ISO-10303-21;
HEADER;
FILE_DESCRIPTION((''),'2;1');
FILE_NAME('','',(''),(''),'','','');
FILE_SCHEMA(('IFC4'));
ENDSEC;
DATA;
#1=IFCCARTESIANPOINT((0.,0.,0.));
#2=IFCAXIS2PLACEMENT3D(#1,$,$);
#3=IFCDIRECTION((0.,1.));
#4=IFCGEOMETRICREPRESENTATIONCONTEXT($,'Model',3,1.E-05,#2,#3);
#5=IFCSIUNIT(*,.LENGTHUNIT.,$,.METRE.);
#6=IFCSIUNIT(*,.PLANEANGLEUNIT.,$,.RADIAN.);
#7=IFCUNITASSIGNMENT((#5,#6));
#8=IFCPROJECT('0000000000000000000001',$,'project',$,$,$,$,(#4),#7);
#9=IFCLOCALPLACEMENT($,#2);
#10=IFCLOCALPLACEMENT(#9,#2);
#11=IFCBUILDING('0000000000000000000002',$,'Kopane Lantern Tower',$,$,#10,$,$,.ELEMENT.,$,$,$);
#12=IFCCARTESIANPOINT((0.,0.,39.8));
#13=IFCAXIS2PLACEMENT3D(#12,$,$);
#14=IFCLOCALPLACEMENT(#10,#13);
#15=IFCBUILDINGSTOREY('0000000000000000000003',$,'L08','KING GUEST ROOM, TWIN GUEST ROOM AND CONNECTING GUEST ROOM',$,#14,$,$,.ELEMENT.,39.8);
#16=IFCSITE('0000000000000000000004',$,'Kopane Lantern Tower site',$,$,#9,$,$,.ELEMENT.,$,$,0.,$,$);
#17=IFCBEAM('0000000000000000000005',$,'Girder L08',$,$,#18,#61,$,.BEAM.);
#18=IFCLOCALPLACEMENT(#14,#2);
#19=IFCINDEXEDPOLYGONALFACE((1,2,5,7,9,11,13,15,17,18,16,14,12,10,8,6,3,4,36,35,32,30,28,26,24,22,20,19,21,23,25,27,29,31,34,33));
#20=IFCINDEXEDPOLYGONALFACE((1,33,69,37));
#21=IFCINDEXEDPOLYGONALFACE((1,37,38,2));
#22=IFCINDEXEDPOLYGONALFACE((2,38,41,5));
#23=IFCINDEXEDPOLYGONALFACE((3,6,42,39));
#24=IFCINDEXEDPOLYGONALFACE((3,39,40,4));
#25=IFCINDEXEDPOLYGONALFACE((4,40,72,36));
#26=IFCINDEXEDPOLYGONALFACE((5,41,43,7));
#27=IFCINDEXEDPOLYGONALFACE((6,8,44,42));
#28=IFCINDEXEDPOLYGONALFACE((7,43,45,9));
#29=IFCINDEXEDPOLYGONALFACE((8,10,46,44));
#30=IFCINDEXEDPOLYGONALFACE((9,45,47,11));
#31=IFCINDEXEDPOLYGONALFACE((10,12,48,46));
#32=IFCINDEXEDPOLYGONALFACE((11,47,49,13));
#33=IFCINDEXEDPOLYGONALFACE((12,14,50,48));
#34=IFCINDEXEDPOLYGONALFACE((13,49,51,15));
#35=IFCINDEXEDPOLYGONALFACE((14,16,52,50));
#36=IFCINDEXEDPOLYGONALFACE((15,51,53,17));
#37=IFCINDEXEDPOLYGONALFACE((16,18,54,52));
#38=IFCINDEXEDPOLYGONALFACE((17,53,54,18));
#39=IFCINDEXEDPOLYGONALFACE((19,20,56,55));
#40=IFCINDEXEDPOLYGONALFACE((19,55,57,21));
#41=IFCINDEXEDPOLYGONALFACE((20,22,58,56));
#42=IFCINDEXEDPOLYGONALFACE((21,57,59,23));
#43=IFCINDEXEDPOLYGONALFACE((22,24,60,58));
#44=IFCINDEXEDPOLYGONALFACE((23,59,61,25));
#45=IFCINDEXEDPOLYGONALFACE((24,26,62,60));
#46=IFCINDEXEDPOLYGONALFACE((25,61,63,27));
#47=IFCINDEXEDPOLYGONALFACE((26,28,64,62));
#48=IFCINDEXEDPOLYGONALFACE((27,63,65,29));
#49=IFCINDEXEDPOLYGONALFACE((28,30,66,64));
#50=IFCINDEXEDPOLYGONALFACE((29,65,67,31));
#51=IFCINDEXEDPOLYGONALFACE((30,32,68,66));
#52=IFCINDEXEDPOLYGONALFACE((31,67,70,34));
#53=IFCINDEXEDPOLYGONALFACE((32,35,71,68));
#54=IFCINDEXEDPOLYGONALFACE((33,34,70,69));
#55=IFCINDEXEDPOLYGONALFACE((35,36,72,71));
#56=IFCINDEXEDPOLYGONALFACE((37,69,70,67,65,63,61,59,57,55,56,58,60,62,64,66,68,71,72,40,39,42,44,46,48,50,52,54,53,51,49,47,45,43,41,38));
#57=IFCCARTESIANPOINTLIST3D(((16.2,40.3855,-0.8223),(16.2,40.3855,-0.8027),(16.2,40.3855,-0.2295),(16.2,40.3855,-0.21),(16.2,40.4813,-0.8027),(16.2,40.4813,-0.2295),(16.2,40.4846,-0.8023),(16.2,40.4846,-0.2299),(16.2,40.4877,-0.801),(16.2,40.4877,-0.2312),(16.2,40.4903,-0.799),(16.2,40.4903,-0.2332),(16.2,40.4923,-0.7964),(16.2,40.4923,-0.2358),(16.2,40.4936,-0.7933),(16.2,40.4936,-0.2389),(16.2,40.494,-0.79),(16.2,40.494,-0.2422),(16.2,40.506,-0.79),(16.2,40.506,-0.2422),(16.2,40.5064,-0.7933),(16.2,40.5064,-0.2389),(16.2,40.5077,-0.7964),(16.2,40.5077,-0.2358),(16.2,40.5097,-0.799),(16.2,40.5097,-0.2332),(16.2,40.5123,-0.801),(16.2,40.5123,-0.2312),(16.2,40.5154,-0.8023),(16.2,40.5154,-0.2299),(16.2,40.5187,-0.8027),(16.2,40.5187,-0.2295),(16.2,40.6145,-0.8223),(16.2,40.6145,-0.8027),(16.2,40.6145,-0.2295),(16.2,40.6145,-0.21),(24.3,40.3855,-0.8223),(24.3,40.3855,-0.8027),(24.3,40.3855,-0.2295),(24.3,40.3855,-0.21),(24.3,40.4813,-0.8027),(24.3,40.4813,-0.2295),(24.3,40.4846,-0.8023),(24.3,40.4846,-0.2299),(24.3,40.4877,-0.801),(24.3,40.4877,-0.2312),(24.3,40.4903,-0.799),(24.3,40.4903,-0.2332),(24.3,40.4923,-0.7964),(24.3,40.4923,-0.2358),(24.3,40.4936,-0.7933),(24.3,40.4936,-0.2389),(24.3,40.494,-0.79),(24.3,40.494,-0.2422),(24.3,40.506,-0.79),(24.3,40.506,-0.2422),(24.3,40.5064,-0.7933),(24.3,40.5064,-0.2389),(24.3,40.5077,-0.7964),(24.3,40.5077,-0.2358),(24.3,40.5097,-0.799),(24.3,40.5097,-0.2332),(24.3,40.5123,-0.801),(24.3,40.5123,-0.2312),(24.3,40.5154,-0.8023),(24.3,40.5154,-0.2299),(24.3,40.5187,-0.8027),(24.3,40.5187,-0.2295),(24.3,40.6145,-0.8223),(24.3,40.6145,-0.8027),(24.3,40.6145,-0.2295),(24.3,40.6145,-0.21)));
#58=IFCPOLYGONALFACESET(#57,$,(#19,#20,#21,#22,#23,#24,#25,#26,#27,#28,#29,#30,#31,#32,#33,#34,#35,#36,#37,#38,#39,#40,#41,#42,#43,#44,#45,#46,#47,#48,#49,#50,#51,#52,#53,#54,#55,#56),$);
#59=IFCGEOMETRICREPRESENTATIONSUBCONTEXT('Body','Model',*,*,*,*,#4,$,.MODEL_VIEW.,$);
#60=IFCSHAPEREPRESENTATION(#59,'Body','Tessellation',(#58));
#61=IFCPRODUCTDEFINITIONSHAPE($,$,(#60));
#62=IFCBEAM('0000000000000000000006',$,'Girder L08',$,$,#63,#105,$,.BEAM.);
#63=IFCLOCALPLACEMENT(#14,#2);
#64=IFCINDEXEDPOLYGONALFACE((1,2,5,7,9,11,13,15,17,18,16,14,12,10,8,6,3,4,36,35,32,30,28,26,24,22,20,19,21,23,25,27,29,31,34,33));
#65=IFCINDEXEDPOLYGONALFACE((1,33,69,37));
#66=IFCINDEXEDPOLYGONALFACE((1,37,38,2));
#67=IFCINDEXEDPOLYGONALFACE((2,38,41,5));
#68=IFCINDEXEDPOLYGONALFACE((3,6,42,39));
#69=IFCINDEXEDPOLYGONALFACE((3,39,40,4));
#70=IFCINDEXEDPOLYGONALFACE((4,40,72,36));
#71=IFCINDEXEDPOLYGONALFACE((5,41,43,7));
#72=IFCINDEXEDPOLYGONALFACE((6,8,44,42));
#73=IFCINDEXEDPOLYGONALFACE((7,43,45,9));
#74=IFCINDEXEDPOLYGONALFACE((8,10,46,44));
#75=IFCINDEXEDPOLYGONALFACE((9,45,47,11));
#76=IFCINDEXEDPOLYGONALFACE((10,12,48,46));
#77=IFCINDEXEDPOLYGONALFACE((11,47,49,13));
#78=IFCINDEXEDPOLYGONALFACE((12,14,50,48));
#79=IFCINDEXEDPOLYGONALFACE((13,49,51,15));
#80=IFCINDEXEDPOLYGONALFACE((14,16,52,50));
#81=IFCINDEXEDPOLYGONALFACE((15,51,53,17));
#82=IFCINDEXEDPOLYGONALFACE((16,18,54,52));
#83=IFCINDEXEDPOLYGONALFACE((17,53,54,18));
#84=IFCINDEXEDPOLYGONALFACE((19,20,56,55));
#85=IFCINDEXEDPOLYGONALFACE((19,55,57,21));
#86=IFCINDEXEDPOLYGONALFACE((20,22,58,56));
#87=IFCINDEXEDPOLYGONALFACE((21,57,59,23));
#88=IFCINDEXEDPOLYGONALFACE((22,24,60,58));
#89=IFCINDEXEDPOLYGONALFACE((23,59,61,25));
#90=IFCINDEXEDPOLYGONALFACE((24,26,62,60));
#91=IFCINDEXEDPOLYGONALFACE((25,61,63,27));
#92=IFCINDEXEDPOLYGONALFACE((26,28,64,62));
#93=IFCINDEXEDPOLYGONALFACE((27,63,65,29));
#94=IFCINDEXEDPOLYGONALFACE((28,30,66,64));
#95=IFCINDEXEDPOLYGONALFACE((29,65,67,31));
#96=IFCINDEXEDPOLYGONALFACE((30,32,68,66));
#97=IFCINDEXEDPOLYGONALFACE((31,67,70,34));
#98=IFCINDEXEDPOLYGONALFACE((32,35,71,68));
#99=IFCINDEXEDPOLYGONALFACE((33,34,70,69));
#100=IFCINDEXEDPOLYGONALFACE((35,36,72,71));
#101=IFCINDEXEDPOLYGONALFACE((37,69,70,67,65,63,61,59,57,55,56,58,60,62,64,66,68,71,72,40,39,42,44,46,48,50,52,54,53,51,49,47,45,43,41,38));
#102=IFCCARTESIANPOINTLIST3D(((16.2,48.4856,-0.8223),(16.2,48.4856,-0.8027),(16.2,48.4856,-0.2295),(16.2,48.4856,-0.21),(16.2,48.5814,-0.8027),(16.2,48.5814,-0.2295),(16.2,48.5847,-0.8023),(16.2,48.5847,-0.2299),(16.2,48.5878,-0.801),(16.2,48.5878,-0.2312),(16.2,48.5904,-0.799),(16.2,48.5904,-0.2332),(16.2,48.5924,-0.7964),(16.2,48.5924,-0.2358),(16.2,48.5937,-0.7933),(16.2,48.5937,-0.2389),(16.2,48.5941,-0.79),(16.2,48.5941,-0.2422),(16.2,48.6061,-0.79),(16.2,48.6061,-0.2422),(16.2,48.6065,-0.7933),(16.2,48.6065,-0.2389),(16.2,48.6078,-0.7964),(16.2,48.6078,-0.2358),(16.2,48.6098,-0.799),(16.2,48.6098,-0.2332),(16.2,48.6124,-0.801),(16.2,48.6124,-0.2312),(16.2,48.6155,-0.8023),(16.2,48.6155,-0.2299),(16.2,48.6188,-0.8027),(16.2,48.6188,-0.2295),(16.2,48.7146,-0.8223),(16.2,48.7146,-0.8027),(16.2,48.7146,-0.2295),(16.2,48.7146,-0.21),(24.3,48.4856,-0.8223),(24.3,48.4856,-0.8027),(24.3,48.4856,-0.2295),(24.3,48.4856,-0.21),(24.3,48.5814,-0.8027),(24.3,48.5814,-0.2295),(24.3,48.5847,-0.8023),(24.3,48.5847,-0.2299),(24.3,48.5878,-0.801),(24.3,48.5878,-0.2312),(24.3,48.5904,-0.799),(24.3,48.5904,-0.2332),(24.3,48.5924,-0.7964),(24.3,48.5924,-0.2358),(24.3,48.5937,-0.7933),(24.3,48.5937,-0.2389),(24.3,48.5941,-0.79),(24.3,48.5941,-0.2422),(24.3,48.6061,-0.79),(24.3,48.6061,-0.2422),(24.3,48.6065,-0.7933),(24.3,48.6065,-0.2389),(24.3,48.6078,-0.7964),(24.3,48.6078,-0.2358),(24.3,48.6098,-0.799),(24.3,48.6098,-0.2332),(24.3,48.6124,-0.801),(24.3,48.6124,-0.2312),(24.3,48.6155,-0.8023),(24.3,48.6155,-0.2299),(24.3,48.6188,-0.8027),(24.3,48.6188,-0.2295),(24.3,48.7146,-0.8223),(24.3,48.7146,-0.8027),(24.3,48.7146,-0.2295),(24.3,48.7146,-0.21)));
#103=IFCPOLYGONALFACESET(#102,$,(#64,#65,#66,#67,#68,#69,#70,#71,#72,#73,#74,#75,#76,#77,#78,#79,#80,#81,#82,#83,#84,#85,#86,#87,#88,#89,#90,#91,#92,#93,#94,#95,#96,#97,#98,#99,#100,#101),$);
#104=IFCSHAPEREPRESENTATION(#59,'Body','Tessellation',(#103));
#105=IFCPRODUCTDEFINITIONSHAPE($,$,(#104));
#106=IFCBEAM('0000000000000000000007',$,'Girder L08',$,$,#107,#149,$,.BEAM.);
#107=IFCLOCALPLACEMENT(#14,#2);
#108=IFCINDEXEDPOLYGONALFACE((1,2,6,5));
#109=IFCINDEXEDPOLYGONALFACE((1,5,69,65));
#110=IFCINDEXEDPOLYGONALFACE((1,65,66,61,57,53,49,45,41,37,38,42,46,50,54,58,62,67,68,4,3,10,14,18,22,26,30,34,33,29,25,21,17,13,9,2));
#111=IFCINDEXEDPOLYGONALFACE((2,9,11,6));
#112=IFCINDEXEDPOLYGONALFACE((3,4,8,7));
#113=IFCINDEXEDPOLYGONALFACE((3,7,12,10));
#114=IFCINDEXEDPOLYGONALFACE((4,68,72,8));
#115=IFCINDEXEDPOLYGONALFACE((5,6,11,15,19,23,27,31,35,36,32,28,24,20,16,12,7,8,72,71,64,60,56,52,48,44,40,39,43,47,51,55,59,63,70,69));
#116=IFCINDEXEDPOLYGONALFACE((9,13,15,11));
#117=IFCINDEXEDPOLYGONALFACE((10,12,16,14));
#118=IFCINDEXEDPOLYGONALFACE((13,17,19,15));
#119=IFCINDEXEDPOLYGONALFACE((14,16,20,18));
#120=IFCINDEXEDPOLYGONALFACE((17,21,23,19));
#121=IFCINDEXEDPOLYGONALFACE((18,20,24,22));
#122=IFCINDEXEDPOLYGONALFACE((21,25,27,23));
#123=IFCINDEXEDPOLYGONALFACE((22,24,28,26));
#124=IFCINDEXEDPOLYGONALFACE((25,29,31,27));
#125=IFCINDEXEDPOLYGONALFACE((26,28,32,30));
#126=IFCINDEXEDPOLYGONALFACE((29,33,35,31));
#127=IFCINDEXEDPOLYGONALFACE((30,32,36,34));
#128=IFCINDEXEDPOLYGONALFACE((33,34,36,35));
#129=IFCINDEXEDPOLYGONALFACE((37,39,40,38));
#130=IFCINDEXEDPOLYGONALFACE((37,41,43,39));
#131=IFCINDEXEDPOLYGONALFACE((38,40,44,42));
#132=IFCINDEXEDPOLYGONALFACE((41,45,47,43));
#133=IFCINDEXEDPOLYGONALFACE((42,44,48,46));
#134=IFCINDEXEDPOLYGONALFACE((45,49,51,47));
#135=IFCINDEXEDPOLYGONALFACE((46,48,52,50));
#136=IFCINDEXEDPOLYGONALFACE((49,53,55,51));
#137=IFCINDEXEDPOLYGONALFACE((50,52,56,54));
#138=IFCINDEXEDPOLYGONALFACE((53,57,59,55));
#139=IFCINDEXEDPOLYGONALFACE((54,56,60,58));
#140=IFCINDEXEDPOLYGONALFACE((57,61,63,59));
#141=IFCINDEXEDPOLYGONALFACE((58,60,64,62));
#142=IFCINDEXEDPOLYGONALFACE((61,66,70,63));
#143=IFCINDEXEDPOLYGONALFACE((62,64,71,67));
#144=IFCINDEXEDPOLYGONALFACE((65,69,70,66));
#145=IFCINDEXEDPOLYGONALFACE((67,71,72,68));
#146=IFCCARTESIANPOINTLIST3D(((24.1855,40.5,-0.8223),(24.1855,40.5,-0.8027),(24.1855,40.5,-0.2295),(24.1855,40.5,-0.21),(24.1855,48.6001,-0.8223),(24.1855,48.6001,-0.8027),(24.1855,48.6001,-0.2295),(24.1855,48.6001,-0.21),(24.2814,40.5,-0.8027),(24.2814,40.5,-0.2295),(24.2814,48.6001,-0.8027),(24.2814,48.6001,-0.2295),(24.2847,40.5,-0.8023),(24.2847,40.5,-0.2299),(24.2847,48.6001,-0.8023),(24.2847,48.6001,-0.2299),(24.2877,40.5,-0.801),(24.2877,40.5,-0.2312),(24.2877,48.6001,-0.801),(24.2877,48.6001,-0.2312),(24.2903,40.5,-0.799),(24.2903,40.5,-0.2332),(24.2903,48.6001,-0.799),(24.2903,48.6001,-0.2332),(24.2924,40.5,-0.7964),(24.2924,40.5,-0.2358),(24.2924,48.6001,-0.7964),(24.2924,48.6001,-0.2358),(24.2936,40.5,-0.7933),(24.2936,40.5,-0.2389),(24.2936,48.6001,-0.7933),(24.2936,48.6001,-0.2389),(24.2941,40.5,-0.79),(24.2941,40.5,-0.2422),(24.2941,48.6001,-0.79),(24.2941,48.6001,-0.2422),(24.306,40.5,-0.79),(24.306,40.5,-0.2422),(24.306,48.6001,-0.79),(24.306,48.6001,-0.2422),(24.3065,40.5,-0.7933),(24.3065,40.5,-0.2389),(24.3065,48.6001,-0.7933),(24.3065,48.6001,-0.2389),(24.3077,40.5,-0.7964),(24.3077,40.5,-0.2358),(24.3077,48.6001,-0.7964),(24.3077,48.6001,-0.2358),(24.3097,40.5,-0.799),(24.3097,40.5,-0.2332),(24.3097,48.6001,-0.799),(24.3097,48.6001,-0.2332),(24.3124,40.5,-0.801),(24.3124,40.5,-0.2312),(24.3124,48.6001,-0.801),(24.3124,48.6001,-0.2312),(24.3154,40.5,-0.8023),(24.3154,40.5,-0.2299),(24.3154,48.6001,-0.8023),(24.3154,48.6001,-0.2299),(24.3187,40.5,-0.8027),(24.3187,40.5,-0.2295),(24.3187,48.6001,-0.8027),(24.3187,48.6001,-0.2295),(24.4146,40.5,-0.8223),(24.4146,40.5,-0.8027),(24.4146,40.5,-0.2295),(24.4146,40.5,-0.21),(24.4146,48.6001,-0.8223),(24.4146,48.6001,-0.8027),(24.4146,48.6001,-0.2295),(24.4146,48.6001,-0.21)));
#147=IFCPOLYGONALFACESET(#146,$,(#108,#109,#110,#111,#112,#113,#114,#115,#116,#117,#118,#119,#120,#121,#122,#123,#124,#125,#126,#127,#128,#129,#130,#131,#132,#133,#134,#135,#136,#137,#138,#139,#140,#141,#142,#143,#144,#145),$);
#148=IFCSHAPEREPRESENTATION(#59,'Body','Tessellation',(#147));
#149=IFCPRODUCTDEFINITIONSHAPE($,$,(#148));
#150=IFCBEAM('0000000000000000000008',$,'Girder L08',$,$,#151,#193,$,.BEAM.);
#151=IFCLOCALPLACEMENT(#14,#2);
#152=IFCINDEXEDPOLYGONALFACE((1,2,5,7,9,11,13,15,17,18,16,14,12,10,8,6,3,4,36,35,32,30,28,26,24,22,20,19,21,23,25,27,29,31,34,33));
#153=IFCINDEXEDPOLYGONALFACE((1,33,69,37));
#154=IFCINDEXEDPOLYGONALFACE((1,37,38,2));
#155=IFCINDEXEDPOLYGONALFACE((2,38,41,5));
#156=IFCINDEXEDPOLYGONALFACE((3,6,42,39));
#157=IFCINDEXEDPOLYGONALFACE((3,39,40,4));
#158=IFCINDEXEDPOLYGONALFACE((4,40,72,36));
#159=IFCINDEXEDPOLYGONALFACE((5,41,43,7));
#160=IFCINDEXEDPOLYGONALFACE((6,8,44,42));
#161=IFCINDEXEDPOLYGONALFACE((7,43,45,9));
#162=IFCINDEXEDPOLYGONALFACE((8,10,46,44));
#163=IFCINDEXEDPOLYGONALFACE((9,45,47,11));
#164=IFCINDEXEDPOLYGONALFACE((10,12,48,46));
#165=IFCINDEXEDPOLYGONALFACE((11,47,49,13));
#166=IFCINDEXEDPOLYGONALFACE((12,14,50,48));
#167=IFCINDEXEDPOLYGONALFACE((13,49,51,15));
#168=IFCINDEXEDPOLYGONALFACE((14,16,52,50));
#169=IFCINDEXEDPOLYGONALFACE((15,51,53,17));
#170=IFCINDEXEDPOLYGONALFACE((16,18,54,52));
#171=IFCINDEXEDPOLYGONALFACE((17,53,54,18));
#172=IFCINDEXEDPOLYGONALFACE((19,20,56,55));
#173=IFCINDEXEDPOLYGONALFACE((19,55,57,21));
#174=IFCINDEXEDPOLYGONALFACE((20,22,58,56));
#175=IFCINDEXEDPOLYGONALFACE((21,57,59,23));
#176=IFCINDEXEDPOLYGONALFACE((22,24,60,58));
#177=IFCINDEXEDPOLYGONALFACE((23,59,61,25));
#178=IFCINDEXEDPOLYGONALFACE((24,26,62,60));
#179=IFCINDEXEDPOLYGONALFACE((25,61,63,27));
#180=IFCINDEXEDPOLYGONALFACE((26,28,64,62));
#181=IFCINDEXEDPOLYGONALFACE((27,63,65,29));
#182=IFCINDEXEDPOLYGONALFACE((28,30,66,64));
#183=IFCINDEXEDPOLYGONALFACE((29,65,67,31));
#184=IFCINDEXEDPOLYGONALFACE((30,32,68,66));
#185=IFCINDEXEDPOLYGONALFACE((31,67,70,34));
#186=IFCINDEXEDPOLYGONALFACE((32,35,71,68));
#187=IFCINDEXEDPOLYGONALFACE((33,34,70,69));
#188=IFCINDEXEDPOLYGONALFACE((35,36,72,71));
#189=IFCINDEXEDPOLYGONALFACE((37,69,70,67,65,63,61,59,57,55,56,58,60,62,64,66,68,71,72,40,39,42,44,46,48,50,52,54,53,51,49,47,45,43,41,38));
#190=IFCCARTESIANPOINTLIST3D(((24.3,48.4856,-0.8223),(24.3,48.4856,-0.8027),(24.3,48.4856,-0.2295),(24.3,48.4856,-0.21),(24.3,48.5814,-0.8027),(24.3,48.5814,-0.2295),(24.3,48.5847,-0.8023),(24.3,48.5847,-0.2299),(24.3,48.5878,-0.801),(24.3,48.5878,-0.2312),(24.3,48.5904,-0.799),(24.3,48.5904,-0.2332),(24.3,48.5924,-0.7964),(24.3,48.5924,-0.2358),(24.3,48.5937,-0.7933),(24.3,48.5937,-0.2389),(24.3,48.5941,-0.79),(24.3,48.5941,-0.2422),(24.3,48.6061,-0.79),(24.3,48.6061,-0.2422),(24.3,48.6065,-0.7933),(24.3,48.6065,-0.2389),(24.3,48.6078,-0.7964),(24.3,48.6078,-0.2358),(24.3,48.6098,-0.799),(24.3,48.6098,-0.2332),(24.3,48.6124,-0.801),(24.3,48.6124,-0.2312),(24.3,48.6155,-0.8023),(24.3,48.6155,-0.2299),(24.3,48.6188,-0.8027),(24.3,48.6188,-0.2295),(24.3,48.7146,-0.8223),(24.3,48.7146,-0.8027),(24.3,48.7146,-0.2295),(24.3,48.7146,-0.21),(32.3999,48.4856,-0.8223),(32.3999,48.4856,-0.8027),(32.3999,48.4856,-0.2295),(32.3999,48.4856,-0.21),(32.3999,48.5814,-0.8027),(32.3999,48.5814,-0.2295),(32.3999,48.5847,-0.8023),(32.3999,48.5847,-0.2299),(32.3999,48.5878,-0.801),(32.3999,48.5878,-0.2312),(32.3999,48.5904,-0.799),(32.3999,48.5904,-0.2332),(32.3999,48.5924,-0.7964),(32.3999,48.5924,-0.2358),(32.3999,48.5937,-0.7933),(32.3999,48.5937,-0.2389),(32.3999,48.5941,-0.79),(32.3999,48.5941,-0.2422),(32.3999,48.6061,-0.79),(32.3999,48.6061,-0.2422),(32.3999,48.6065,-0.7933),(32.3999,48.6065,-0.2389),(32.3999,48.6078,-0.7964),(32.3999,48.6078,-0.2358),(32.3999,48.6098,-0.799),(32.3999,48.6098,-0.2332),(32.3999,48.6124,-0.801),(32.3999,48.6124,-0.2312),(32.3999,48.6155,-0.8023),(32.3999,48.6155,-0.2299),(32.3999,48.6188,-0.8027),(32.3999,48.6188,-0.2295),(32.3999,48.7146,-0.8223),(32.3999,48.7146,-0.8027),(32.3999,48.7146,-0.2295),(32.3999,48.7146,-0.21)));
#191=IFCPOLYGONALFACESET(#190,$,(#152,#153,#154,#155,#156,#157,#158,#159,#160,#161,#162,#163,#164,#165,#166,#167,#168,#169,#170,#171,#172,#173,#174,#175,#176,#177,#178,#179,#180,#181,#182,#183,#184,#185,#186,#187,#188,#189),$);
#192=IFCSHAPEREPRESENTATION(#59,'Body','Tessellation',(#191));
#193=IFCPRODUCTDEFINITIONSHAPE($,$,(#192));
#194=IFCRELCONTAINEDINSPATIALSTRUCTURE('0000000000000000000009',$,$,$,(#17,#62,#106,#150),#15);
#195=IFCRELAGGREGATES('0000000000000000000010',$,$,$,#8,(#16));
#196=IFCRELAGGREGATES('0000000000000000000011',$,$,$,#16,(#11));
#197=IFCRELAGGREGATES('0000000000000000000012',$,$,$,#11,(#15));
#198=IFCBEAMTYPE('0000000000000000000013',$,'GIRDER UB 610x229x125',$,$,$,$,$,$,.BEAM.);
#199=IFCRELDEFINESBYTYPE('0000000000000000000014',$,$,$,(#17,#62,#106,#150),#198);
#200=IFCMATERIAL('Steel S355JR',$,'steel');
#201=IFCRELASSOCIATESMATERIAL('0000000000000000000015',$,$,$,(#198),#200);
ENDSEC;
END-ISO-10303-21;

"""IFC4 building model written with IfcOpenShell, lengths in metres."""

from ifc_helpers import new_model, si_unit, direction, frame, origin, origin_2d, place, context, subcontext, project, spatial, i_section, extrude, material, material_profile, profile_set, type_object, element, save


model = new_model("IFC4")

# Units and contexts
model_context = context("Model", 3, precision=1e-05, world=origin(), true_north=direction((0.0, 1.0)))
body_context = subcontext(model_context, "Body", "Model", "MODEL_VIEW")
ifc_project = project(units=[si_unit("LENGTHUNIT", "METRE"), si_unit("PLANEANGLEUNIT", "RADIAN")], contexts=[model_context])

# Site, building, storey
site_placement = place(None, origin())
site = spatial("IfcSite", under=ifc_project, at=site_placement, Name="Kopane Lantern Tower site", CompositionType="ELEMENT", RefElevation=0.0)
building_placement = place(site_placement, origin())
building = spatial("IfcBuilding", under=site, at=building_placement, Name="Kopane Lantern Tower", CompositionType="ELEMENT")
storey_placement = place(building_placement, frame((0.0, 0.0, 39.8)))
storey = spatial("IfcBuildingStorey", under=building, at=storey_placement, Name="L08", Description="KING GUEST ROOM, TWIN GUEST ROOM AND CONNECTING GUEST ROOM", CompositionType="ELEMENT", Elevation=39.8)

# Beams
ifc_material_1 = material(Name="Steel S355JR", Category="steel")
ifc_material_profile_1 = material_profile(ifc_material_1, i_section(OverallWidth=0.229, OverallDepth=0.6123, WebThickness=0.012, FlangeThickness=0.0195, FilletRadius=0.0127, at=origin_2d()), Name="UB 610x229x125")
ifc_profile_set_1 = profile_set([ifc_material_profile_1], Name="Steel S355JR")
beam_type_1 = type_object("IfcBeamType", Name="GIRDER UB 610x229x125", PredefinedType="BEAM", material=ifc_profile_set_1)
for number, where, z_axis, x_axis, name in (
    (1, (16.2, 40.5, -0.5161), (1.0, 0.0, 0.0), (0.0, 1.0, 0.0), "Girder L08"),
    (2, (16.2, 48.6001, -0.5161), (1.0, 0.0, 0.0), (0.0, 1.0, 0.0), "Girder L08"),
    (3, (24.3, 40.5, -0.5161), (0.0, 1.0, 0.0), (-1.0, 0.0, 0.0), "Girder L08"),
):
    element("IfcBeam", number, at=place(storey_placement, frame(where, z_axis=z_axis, x_axis=x_axis)), inside=storey, type_object=beam_type_1, Name=name, PredefinedType="BEAM", context=body_context, shape_type="SweptSolid", body=[
        extrude(i_section(OverallWidth=0.229, OverallDepth=0.6123, WebThickness=0.012, FlangeThickness=0.0195, FilletRadius=0.0127, at=origin_2d()), origin(), (0.0, 0.0, 1.0), 8.1001),
    ])
beam_1_placement = place(storey_placement, frame((24.3, 48.6001, -0.5161), z_axis=(1.0, 0.0, 0.0), x_axis=(0.0, 1.0, 0.0)))
element("IfcBeam", 4, at=beam_1_placement, inside=storey, type_object=beam_type_1, Name="Girder L08", PredefinedType="BEAM", context=body_context, shape_type="SweptSolid", body=[
    extrude(i_section(OverallWidth=0.229, OverallDepth=0.6123, WebThickness=0.012, FlangeThickness=0.0195, FilletRadius=0.0127, at=origin_2d()), origin(), (0.0, 0.0, 1.0), 8.0999),
])

save(model, "model.ifc")
